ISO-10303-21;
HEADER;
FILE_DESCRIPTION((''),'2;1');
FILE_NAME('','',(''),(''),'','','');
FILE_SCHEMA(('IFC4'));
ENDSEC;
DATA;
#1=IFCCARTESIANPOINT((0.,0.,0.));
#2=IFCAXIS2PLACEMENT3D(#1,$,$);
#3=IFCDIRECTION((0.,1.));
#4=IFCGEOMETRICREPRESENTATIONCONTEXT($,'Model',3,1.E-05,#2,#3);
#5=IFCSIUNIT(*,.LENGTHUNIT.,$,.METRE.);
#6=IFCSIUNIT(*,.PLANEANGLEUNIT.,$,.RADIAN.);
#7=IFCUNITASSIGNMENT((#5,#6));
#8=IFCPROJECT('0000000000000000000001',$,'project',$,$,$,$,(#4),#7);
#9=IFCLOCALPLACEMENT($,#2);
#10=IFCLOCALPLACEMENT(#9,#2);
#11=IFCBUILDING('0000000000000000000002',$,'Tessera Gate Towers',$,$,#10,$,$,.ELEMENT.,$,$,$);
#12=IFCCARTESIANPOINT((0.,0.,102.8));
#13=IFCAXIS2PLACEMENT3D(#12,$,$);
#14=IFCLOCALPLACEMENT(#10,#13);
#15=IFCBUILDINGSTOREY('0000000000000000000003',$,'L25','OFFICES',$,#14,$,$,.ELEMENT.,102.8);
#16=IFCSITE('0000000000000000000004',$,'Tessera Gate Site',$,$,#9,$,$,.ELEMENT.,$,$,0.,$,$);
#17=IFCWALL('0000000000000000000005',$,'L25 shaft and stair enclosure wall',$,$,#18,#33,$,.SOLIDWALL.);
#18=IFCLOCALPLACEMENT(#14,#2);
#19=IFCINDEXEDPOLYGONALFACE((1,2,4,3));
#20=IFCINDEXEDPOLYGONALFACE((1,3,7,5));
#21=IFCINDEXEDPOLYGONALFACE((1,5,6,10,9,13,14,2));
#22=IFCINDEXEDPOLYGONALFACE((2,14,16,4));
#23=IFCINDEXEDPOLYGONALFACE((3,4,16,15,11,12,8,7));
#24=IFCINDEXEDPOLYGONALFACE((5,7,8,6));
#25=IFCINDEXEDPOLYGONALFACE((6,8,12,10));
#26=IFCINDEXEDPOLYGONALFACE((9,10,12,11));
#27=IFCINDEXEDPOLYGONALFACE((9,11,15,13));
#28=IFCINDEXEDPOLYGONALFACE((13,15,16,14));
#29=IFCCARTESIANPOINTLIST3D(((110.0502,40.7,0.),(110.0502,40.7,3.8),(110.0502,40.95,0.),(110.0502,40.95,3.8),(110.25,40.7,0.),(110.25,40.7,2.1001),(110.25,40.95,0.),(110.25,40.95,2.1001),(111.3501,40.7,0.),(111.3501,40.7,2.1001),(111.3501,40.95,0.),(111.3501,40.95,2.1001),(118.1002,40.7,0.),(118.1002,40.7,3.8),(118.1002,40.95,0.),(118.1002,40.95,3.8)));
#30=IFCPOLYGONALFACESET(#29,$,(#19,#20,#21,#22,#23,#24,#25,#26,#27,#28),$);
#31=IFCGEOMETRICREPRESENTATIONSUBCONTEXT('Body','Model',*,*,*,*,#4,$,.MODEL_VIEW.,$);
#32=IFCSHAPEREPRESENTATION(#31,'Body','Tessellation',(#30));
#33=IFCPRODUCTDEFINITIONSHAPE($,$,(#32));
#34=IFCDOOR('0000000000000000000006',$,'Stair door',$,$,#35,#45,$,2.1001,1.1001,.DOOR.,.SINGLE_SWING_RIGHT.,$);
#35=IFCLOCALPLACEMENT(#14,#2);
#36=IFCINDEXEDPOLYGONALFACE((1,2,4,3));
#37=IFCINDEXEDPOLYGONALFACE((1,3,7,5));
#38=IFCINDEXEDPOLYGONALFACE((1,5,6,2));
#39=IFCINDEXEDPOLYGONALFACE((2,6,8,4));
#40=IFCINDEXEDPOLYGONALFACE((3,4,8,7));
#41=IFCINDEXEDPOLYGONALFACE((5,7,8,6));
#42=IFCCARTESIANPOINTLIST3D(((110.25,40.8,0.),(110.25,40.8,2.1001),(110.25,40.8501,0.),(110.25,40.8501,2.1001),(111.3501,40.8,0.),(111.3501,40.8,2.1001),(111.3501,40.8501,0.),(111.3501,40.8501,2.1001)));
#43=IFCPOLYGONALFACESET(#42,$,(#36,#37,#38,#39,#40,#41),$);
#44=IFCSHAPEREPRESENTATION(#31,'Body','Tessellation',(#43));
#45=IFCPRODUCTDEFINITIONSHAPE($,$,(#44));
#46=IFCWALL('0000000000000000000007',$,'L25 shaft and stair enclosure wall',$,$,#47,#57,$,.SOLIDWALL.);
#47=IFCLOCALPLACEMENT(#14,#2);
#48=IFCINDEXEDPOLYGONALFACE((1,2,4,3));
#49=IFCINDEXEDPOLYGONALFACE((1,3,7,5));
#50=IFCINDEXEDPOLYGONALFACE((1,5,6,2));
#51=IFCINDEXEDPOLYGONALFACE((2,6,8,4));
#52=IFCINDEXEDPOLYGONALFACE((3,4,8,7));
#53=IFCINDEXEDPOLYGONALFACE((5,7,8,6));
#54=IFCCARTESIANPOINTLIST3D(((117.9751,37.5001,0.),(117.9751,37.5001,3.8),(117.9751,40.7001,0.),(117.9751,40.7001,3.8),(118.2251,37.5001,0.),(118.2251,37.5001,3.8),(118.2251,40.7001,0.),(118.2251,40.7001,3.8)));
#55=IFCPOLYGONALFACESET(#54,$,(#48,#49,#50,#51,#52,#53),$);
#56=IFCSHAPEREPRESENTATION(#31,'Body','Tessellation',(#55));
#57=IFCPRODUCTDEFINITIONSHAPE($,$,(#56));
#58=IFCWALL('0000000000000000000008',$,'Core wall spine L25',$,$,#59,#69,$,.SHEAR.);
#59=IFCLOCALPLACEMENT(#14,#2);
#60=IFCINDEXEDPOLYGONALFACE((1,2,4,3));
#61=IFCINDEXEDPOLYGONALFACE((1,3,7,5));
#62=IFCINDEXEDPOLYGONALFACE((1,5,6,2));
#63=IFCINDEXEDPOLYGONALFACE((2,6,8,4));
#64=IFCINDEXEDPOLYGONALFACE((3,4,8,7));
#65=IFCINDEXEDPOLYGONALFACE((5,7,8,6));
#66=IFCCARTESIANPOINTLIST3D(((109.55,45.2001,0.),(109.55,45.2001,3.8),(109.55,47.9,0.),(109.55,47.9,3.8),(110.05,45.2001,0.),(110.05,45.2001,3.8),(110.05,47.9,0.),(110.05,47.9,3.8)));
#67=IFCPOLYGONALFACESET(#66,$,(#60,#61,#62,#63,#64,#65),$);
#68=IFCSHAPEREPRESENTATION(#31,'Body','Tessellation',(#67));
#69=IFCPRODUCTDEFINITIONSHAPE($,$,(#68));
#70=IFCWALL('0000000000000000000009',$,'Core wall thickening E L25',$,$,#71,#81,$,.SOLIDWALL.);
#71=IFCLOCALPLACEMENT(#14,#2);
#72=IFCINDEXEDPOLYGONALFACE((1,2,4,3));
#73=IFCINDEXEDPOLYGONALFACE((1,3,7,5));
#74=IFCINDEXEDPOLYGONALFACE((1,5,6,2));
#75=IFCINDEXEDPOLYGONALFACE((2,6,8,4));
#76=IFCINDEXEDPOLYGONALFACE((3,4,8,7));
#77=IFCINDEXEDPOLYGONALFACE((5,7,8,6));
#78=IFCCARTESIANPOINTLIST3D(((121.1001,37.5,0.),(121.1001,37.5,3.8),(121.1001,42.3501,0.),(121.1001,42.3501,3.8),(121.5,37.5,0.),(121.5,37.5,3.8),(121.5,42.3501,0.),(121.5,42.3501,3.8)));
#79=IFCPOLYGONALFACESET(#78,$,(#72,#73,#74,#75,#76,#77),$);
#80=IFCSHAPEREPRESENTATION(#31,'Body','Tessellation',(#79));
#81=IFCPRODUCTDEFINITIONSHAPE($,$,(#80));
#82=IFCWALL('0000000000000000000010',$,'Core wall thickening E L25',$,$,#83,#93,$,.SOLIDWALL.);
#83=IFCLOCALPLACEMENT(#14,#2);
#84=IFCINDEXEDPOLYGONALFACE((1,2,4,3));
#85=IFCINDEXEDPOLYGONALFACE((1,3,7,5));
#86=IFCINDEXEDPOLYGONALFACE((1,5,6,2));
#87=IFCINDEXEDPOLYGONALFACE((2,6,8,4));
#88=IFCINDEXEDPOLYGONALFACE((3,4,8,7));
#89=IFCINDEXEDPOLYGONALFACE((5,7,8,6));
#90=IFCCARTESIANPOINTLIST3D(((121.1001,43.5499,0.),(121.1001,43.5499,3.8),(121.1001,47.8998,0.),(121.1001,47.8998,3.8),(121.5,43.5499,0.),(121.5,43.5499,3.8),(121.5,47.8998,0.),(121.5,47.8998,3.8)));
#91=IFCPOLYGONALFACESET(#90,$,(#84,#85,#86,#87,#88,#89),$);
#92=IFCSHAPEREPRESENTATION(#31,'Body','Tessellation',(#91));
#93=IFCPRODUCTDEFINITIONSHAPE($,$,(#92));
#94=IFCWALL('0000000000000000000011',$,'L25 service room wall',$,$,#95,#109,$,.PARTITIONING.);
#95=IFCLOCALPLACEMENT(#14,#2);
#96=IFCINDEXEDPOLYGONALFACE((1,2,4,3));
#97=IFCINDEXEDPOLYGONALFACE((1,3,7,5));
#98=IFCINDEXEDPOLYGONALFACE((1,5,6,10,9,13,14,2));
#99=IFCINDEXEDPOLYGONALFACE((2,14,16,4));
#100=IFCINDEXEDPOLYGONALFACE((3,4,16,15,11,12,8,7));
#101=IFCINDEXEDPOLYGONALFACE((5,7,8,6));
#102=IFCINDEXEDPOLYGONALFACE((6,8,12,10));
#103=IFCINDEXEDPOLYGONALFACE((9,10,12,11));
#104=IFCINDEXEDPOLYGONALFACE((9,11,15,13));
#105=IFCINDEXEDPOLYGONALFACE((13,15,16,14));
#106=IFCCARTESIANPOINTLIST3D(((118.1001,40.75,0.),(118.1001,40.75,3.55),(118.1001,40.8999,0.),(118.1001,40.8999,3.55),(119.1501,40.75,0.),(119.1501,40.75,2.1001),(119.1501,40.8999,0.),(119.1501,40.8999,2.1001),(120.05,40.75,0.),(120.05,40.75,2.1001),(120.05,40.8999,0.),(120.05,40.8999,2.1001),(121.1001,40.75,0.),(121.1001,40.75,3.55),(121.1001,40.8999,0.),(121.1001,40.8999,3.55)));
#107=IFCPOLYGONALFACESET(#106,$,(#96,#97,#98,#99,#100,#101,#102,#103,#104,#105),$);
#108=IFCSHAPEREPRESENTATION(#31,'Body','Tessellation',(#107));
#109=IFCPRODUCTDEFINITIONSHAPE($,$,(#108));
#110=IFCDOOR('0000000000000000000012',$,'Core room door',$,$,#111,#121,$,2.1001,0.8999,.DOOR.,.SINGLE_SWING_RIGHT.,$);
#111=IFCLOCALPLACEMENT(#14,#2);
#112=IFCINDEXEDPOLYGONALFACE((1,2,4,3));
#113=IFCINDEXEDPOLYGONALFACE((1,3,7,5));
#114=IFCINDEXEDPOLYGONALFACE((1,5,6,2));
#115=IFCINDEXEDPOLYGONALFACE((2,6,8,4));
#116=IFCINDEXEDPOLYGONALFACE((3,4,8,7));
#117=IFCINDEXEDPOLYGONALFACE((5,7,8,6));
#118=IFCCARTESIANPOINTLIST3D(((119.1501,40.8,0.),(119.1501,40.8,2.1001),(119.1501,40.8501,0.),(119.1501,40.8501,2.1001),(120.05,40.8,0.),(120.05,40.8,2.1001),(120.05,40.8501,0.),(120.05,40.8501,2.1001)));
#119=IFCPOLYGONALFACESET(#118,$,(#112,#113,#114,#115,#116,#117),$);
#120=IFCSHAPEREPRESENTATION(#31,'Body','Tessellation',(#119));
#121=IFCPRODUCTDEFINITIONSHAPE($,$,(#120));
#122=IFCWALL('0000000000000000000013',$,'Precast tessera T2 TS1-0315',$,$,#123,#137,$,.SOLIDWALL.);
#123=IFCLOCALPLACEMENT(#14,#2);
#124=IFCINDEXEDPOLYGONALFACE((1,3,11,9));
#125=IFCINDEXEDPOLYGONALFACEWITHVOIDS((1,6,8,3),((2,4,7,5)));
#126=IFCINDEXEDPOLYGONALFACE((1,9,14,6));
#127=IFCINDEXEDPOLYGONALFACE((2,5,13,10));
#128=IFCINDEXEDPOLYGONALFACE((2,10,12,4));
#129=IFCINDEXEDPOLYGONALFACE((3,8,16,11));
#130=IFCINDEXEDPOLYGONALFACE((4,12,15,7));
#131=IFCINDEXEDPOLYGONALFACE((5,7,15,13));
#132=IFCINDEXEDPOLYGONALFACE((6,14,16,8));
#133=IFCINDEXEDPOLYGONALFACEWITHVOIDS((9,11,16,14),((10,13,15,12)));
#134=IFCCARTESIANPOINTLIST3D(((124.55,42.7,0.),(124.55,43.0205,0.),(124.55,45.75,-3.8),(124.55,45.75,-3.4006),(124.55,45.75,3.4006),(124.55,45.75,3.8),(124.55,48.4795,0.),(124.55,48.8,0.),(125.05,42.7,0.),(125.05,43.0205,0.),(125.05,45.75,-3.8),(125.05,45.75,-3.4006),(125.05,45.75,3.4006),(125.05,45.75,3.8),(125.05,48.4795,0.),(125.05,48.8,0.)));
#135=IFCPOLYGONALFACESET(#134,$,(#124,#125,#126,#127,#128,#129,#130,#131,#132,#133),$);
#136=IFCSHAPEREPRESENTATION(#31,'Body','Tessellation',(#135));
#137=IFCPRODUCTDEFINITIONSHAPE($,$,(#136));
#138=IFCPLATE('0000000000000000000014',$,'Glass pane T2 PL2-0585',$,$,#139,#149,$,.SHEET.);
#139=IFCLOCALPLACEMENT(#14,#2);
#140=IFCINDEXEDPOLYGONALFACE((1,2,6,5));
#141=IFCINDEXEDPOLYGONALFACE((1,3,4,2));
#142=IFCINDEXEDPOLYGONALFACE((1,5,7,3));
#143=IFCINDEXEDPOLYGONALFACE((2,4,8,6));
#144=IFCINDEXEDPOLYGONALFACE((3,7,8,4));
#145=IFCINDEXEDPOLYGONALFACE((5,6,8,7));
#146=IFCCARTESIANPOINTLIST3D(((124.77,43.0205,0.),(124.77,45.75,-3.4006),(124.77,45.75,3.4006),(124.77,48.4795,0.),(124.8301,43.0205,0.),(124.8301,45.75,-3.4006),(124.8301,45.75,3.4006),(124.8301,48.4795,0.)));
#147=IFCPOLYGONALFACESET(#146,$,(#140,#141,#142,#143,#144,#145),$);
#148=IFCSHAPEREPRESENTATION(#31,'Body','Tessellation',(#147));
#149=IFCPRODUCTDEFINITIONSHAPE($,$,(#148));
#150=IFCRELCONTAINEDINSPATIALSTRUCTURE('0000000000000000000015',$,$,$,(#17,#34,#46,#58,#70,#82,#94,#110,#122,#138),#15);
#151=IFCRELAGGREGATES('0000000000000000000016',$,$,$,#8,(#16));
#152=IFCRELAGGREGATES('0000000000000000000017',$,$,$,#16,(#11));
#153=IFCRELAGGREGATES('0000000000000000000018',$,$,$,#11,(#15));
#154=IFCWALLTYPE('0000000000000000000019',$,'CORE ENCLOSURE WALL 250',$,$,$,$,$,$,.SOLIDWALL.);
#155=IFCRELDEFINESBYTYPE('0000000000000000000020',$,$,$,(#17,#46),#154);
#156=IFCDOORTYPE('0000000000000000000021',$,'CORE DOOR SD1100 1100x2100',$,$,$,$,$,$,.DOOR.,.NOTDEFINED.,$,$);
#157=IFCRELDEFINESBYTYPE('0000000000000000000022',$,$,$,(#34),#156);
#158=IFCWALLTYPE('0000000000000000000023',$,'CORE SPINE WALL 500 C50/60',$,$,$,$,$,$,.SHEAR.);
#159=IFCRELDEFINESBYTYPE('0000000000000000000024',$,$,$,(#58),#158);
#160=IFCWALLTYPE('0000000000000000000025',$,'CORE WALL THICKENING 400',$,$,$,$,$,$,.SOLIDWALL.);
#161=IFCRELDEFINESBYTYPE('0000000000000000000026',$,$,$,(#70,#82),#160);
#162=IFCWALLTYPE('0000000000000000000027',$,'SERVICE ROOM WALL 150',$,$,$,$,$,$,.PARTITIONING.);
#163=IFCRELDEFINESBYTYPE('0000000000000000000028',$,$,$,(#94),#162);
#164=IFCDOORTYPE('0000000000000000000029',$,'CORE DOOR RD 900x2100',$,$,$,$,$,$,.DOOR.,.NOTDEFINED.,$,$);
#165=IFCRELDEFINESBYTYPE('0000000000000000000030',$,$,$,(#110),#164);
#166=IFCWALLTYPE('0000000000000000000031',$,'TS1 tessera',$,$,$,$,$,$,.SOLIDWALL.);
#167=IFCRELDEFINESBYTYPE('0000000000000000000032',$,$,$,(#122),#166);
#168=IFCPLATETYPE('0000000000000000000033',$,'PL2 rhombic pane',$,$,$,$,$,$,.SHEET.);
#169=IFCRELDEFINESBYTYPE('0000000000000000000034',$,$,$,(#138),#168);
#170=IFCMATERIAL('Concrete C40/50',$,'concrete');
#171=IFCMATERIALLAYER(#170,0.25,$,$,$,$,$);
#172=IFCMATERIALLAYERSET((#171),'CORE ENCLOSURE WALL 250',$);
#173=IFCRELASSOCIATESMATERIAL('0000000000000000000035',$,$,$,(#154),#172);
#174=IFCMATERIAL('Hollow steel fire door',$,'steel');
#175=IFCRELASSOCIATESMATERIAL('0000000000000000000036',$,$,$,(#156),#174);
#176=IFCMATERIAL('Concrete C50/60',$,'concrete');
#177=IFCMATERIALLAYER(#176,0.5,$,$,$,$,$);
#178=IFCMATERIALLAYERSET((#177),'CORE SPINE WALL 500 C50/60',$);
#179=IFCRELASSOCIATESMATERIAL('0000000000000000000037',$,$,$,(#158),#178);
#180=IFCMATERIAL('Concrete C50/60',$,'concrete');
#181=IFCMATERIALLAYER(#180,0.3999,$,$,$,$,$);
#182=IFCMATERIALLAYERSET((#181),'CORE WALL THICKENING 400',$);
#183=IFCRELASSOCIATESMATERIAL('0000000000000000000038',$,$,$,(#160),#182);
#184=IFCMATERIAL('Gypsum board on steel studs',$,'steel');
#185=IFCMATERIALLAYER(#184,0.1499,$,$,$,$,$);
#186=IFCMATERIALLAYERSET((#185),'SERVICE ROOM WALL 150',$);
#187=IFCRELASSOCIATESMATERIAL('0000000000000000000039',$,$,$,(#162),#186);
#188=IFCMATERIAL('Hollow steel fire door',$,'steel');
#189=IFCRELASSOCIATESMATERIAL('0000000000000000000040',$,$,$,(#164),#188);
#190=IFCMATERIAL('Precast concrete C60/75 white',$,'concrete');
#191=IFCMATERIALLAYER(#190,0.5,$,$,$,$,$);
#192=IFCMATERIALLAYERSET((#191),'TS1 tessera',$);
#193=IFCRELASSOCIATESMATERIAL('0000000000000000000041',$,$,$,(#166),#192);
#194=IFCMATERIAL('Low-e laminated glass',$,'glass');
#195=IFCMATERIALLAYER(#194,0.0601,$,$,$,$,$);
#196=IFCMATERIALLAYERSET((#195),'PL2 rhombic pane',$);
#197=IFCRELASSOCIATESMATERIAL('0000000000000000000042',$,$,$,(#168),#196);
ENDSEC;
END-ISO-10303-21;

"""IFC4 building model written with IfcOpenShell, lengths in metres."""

from ifc_helpers import new_model, si_unit, direction, frame, frame_2d, origin, place, context, subcontext, project, spatial, polyline, rectangle, outline, extrude, source, transform, mapped, material, layer, layer_set, type_object, element, fill, save


model = new_model("IFC4")

# Units and contexts
model_context = context("Model", 3, precision=1e-05, world=origin(), true_north=direction((0.0, 1.0)))
body_context = subcontext(model_context, "Body", "Model", "MODEL_VIEW")
ifc_project = project(units=[si_unit("LENGTHUNIT", "METRE"), si_unit("PLANEANGLEUNIT", "RADIAN")], contexts=[model_context])

# Site, building, storey
site_placement = place(None, origin())
site = spatial("IfcSite", under=ifc_project, at=site_placement, Name="Tessera Gate Site", CompositionType="ELEMENT", RefElevation=0.0)
building_placement = place(site_placement, origin())
building = spatial("IfcBuilding", under=site, at=building_placement, Name="Tessera Gate Towers", CompositionType="ELEMENT")
storey_placement = place(building_placement, frame((0.0, 0.0, 102.8)))
storey = spatial("IfcBuildingStorey", under=building, at=storey_placement, Name="L25", Description="OFFICES", CompositionType="ELEMENT", Elevation=102.8)

# Wall, opening, door
ifc_material_1 = material(Name="Concrete C40/50", Category="concrete")
ifc_layer_1 = layer(ifc_material_1, 0.25)
ifc_layer_set_1 = layer_set([ifc_layer_1], Name="CORE ENCLOSURE WALL 250")
wall_type_1 = type_object("IfcWallType", Name="CORE ENCLOSURE WALL 250", PredefinedType="SOLIDWALL", material=ifc_layer_set_1)
wall_1_placement = place(storey_placement, frame((118.1001, 40.825, 0.0), z_axis=(0.0, 0.0, 1.0), x_axis=(-1.0, 0.0, 0.0)))
wall_1 = element("IfcWall", 1, at=wall_1_placement, inside=storey, type_object=wall_type_1, Name="L25 shaft and stair enclosure wall", PredefinedType="SOLIDWALL", context=body_context, shape_type="SweptSolid", body=[
    extrude(rectangle(XDim=8.05, YDim=0.25, at=frame_2d((4.0249, 0.0))), origin(), (0.0, 0.0, 1.0), 3.8),
])
shared_shape_1 = source(origin(), body_context, "Body", "SweptSolid", [
    extrude(rectangle(XDim=1.1001, YDim=2.1001, at=frame_2d((0.55, 1.05))), frame((0.0, 0.135, 0.0), z_axis=(0.0, -1.0, 0.0), x_axis=(1.0, 0.0, 0.0)), (0.0, 0.0, 1.0), 0.27),
])
opening_1_placement = place(wall_1_placement, frame((6.75, 0.0, 0.0)))
opening_1 = element("IfcOpeningElement", 2, at=opening_1_placement, cuts=wall_1, PredefinedType="OPENING", context=body_context, shape_type="MappedRepresentation", body=[
    mapped(shared_shape_1, transform((0.0, 0.0, 0.0), scale=1.0)),
])
ifc_material_2 = material(Name="Hollow steel fire door", Category="steel")
door_type_1 = type_object("IfcDoorType", Name="CORE DOOR SD1100 1100x2100", OperationType="NOTDEFINED", PredefinedType="DOOR", material=ifc_material_2)
shared_shape_2 = source(origin(), body_context, "Body", "SweptSolid", [
    extrude(rectangle(XDim=1.1001, YDim=2.1001, at=frame_2d((0.55, 1.05))), frame((0.0, 0.0249, 0.0), z_axis=(0.0, -1.0, 0.0), x_axis=(1.0, 0.0, 0.0)), (0.0, 0.0, 1.0), 0.05),
])
door_1_placement = place(opening_1_placement, origin())
door_1 = element("IfcDoor", 3, at=door_1_placement, inside=storey, type_object=door_type_1, Name="Stair door", OperationType="SINGLE_SWING_RIGHT", OverallHeight=2.1001, OverallWidth=1.1001, PredefinedType="DOOR", context=body_context, shape_type="MappedRepresentation", body=[
    mapped(shared_shape_2, transform((0.0, 0.0, 0.0), scale=1.0)),
])
fill(opening_1, door_1)

# Walls
wall_2_placement = place(storey_placement, frame((118.1001, 37.5, 0.0), z_axis=(0.0, 0.0, 1.0), x_axis=(0.0, 1.0, 0.0)))
element("IfcWall", 4, at=wall_2_placement, inside=storey, type_object=wall_type_1, Name="L25 shaft and stair enclosure wall", PredefinedType="SOLIDWALL", context=body_context, shape_type="SweptSolid", body=[
    extrude(rectangle(XDim=3.2, YDim=0.25, at=frame_2d((1.6001, 0.0))), origin(), (0.0, 0.0, 1.0), 3.8),
])
ifc_material_3 = material(Name="Concrete C50/60", Category="concrete")
ifc_layer_2 = layer(ifc_material_3, 0.5)
ifc_layer_set_2 = layer_set([ifc_layer_2], Name="CORE SPINE WALL 500 C50/60")
wall_type_2 = type_object("IfcWallType", Name="CORE SPINE WALL 500 C50/60", PredefinedType="SHEAR", material=ifc_layer_set_2)
wall_3_placement = place(storey_placement, frame((109.8, 45.2, 0.0), z_axis=(0.0, 0.0, 1.0), x_axis=(0.0, 1.0, 0.0)))
element("IfcWall", 5, at=wall_3_placement, inside=storey, type_object=wall_type_2, Name="Core wall spine L25", PredefinedType="SHEAR", context=body_context, shape_type="SweptSolid", body=[
    extrude(rectangle(XDim=2.7, YDim=0.5, at=frame_2d((1.3501, 0.0))), origin(), (0.0, 0.0, 1.0), 3.8),
])
ifc_material_4 = material(Name="Concrete C50/60", Category="concrete")
ifc_layer_3 = layer(ifc_material_4, 0.3999)
ifc_layer_set_3 = layer_set([ifc_layer_3], Name="CORE WALL THICKENING 400")
wall_type_3 = type_object("IfcWallType", Name="CORE WALL THICKENING 400", PredefinedType="SOLIDWALL", material=ifc_layer_set_3)
wall_4_placement = place(storey_placement, frame((121.3, 37.5, 0.0), z_axis=(0.0, 0.0, 1.0), x_axis=(0.0, 1.0, 0.0)))
element("IfcWall", 6, at=wall_4_placement, inside=storey, type_object=wall_type_3, Name="Core wall thickening E L25", PredefinedType="SOLIDWALL", context=body_context, shape_type="SweptSolid", body=[
    extrude(rectangle(XDim=4.8501, YDim=0.3999, at=frame_2d((2.425, 0.0))), origin(), (0.0, 0.0, 1.0), 3.8),
])
wall_5_placement = place(storey_placement, frame((121.3, 43.55, 0.0), z_axis=(0.0, 0.0, 1.0), x_axis=(0.0, 1.0, 0.0)))
element("IfcWall", 7, at=wall_5_placement, inside=storey, type_object=wall_type_3, Name="Core wall thickening E L25", PredefinedType="SOLIDWALL", context=body_context, shape_type="SweptSolid", body=[
    extrude(rectangle(XDim=4.3499, YDim=0.3999, at=frame_2d((2.1748, 0.0))), origin(), (0.0, 0.0, 1.0), 3.8),
])

# Wall, opening, door
ifc_material_5 = material(Name="Gypsum board on steel studs", Category="steel")
ifc_layer_4 = layer(ifc_material_5, 0.1499)
ifc_layer_set_4 = layer_set([ifc_layer_4], Name="SERVICE ROOM WALL 150")
wall_type_4 = type_object("IfcWallType", Name="SERVICE ROOM WALL 150", PredefinedType="PARTITIONING", material=ifc_layer_set_4)
wall_6_placement = place(storey_placement, frame((121.1001, 40.825, 0.0), z_axis=(0.0, 0.0, 1.0), x_axis=(-1.0, 0.0, 0.0)))
wall_6 = element("IfcWall", 8, at=wall_6_placement, inside=storey, type_object=wall_type_4, Name="L25 service room wall", PredefinedType="PARTITIONING", context=body_context, shape_type="SweptSolid", body=[
    extrude(rectangle(XDim=3.0, YDim=0.1499, at=frame_2d((1.5, 0.0))), origin(), (0.0, 0.0, 1.0), 3.55),
])
shared_shape_3 = source(origin(), body_context, "Body", "SweptSolid", [
    extrude(rectangle(XDim=0.8999, YDim=2.1001, at=frame_2d((0.45, 1.05))), frame((0.0, 0.085, 0.0), z_axis=(0.0, -1.0, 0.0), x_axis=(1.0, 0.0, 0.0)), (0.0, 0.0, 1.0), 0.1699),
])
opening_2_placement = place(wall_6_placement, frame((1.05, 0.0, 0.0)))
opening_2 = element("IfcOpeningElement", 9, at=opening_2_placement, cuts=wall_6, PredefinedType="OPENING", context=body_context, shape_type="MappedRepresentation", body=[
    mapped(shared_shape_3, transform((0.0, 0.0, 0.0), scale=1.0)),
])
ifc_material_6 = material(Name="Hollow steel fire door", Category="steel")
door_type_2 = type_object("IfcDoorType", Name="CORE DOOR RD 900x2100", OperationType="NOTDEFINED", PredefinedType="DOOR", material=ifc_material_6)
shared_shape_4 = source(origin(), body_context, "Body", "SweptSolid", [
    extrude(rectangle(XDim=0.8999, YDim=2.1001, at=frame_2d((0.45, 1.05))), frame((0.0, 0.0249, 0.0), z_axis=(0.0, -1.0, 0.0), x_axis=(1.0, 0.0, 0.0)), (0.0, 0.0, 1.0), 0.05),
])
door_2_placement = place(opening_2_placement, origin())
door_2 = element("IfcDoor", 10, at=door_2_placement, inside=storey, type_object=door_type_2, Name="Core room door", OperationType="SINGLE_SWING_RIGHT", OverallHeight=2.1001, OverallWidth=0.8999, PredefinedType="DOOR", context=body_context, shape_type="MappedRepresentation", body=[
    mapped(shared_shape_4, transform((0.0, 0.0, 0.0), scale=1.0)),
])
fill(opening_2, door_2)

# Wall, opening, plate
ifc_material_7 = material(Name="Precast concrete C60/75 white", Category="concrete")
ifc_layer_5 = layer(ifc_material_7, 0.5)
ifc_layer_set_5 = layer_set([ifc_layer_5], Name="TS1 tessera")
wall_type_5 = type_object("IfcWallType", Name="TS1 tessera", PredefinedType="SOLIDWALL", material=ifc_layer_set_5)
shared_shape_5 = source(origin(), body_context, "Body", "SweptSolid", [
    extrude(outline(polyline([(3.05, 0.0), (6.1001, 3.8), (3.05, 7.6001), (0.0, 3.8), (3.05, 0.0)])), frame((0.0, 0.25, 0.0), z_axis=(0.0, -1.0, 0.0), x_axis=(1.0, 0.0, 0.0)), (0.0, 0.0, 1.0), 0.5),
])
wall_7_placement = place(storey_placement, frame((124.8, 42.7, -3.8), z_axis=(0.0, 0.0, 1.0), x_axis=(0.0, 1.0, 0.0)))
wall_7 = element("IfcWall", 11, at=wall_7_placement, inside=storey, type_object=wall_type_5, Name="Precast tessera T2 TS1-0315", PredefinedType="SOLIDWALL", context=body_context, shape_type="MappedRepresentation", body=[
    mapped(shared_shape_5, transform((0.0, 0.0, 0.0), scale=1.0)),
])
shared_shape_6 = source(origin(), body_context, "Body", "SweptSolid", [
    extrude(outline(polyline([(3.05, 0.3994), (5.7795, 3.8), (3.05, 7.2007), (0.3206, 3.8), (3.05, 0.3994)])), frame((0.0, 0.26, 0.0), z_axis=(0.0, -1.0, 0.0), x_axis=(1.0, 0.0, 0.0)), (0.0, 0.0, 1.0), 0.52),
])
opening_3_placement = place(wall_7_placement, origin())
opening_3 = element("IfcOpeningElement", 12, at=opening_3_placement, cuts=wall_7, PredefinedType="OPENING", context=body_context, shape_type="MappedRepresentation", body=[
    mapped(shared_shape_6, transform((0.0, 0.0, 0.0), scale=1.0)),
])
ifc_material_8 = material(Name="Low-e laminated glass", Category="glass")
ifc_layer_6 = layer(ifc_material_8, 0.0601)
ifc_layer_set_6 = layer_set([ifc_layer_6], Name="PL2 rhombic pane")
plate_type_1 = type_object("IfcPlateType", Name="PL2 rhombic pane", PredefinedType="SHEET", material=ifc_layer_set_6)
shared_shape_7 = source(origin(), body_context, "Body", "SweptSolid", [
    extrude(outline(polyline([(3.05, 0.3994), (5.7795, 3.8), (3.05, 7.2007), (0.3206, 3.8), (3.05, 0.3994)])), frame((0.0, 0.03, 0.0), z_axis=(0.0, -1.0, 0.0), x_axis=(1.0, 0.0, 0.0)), (0.0, 0.0, 1.0), 0.0601),
])
plate_1_placement = place(opening_3_placement, origin())
plate_1 = element("IfcPlate", 13, at=plate_1_placement, inside=storey, type_object=plate_type_1, Name="Glass pane T2 PL2-0585", PredefinedType="SHEET", context=body_context, shape_type="MappedRepresentation", body=[
    mapped(shared_shape_7, transform((0.0, 0.0, 0.0), scale=1.0)),
])
fill(opening_3, plate_1)

save(model, "model.ifc")
